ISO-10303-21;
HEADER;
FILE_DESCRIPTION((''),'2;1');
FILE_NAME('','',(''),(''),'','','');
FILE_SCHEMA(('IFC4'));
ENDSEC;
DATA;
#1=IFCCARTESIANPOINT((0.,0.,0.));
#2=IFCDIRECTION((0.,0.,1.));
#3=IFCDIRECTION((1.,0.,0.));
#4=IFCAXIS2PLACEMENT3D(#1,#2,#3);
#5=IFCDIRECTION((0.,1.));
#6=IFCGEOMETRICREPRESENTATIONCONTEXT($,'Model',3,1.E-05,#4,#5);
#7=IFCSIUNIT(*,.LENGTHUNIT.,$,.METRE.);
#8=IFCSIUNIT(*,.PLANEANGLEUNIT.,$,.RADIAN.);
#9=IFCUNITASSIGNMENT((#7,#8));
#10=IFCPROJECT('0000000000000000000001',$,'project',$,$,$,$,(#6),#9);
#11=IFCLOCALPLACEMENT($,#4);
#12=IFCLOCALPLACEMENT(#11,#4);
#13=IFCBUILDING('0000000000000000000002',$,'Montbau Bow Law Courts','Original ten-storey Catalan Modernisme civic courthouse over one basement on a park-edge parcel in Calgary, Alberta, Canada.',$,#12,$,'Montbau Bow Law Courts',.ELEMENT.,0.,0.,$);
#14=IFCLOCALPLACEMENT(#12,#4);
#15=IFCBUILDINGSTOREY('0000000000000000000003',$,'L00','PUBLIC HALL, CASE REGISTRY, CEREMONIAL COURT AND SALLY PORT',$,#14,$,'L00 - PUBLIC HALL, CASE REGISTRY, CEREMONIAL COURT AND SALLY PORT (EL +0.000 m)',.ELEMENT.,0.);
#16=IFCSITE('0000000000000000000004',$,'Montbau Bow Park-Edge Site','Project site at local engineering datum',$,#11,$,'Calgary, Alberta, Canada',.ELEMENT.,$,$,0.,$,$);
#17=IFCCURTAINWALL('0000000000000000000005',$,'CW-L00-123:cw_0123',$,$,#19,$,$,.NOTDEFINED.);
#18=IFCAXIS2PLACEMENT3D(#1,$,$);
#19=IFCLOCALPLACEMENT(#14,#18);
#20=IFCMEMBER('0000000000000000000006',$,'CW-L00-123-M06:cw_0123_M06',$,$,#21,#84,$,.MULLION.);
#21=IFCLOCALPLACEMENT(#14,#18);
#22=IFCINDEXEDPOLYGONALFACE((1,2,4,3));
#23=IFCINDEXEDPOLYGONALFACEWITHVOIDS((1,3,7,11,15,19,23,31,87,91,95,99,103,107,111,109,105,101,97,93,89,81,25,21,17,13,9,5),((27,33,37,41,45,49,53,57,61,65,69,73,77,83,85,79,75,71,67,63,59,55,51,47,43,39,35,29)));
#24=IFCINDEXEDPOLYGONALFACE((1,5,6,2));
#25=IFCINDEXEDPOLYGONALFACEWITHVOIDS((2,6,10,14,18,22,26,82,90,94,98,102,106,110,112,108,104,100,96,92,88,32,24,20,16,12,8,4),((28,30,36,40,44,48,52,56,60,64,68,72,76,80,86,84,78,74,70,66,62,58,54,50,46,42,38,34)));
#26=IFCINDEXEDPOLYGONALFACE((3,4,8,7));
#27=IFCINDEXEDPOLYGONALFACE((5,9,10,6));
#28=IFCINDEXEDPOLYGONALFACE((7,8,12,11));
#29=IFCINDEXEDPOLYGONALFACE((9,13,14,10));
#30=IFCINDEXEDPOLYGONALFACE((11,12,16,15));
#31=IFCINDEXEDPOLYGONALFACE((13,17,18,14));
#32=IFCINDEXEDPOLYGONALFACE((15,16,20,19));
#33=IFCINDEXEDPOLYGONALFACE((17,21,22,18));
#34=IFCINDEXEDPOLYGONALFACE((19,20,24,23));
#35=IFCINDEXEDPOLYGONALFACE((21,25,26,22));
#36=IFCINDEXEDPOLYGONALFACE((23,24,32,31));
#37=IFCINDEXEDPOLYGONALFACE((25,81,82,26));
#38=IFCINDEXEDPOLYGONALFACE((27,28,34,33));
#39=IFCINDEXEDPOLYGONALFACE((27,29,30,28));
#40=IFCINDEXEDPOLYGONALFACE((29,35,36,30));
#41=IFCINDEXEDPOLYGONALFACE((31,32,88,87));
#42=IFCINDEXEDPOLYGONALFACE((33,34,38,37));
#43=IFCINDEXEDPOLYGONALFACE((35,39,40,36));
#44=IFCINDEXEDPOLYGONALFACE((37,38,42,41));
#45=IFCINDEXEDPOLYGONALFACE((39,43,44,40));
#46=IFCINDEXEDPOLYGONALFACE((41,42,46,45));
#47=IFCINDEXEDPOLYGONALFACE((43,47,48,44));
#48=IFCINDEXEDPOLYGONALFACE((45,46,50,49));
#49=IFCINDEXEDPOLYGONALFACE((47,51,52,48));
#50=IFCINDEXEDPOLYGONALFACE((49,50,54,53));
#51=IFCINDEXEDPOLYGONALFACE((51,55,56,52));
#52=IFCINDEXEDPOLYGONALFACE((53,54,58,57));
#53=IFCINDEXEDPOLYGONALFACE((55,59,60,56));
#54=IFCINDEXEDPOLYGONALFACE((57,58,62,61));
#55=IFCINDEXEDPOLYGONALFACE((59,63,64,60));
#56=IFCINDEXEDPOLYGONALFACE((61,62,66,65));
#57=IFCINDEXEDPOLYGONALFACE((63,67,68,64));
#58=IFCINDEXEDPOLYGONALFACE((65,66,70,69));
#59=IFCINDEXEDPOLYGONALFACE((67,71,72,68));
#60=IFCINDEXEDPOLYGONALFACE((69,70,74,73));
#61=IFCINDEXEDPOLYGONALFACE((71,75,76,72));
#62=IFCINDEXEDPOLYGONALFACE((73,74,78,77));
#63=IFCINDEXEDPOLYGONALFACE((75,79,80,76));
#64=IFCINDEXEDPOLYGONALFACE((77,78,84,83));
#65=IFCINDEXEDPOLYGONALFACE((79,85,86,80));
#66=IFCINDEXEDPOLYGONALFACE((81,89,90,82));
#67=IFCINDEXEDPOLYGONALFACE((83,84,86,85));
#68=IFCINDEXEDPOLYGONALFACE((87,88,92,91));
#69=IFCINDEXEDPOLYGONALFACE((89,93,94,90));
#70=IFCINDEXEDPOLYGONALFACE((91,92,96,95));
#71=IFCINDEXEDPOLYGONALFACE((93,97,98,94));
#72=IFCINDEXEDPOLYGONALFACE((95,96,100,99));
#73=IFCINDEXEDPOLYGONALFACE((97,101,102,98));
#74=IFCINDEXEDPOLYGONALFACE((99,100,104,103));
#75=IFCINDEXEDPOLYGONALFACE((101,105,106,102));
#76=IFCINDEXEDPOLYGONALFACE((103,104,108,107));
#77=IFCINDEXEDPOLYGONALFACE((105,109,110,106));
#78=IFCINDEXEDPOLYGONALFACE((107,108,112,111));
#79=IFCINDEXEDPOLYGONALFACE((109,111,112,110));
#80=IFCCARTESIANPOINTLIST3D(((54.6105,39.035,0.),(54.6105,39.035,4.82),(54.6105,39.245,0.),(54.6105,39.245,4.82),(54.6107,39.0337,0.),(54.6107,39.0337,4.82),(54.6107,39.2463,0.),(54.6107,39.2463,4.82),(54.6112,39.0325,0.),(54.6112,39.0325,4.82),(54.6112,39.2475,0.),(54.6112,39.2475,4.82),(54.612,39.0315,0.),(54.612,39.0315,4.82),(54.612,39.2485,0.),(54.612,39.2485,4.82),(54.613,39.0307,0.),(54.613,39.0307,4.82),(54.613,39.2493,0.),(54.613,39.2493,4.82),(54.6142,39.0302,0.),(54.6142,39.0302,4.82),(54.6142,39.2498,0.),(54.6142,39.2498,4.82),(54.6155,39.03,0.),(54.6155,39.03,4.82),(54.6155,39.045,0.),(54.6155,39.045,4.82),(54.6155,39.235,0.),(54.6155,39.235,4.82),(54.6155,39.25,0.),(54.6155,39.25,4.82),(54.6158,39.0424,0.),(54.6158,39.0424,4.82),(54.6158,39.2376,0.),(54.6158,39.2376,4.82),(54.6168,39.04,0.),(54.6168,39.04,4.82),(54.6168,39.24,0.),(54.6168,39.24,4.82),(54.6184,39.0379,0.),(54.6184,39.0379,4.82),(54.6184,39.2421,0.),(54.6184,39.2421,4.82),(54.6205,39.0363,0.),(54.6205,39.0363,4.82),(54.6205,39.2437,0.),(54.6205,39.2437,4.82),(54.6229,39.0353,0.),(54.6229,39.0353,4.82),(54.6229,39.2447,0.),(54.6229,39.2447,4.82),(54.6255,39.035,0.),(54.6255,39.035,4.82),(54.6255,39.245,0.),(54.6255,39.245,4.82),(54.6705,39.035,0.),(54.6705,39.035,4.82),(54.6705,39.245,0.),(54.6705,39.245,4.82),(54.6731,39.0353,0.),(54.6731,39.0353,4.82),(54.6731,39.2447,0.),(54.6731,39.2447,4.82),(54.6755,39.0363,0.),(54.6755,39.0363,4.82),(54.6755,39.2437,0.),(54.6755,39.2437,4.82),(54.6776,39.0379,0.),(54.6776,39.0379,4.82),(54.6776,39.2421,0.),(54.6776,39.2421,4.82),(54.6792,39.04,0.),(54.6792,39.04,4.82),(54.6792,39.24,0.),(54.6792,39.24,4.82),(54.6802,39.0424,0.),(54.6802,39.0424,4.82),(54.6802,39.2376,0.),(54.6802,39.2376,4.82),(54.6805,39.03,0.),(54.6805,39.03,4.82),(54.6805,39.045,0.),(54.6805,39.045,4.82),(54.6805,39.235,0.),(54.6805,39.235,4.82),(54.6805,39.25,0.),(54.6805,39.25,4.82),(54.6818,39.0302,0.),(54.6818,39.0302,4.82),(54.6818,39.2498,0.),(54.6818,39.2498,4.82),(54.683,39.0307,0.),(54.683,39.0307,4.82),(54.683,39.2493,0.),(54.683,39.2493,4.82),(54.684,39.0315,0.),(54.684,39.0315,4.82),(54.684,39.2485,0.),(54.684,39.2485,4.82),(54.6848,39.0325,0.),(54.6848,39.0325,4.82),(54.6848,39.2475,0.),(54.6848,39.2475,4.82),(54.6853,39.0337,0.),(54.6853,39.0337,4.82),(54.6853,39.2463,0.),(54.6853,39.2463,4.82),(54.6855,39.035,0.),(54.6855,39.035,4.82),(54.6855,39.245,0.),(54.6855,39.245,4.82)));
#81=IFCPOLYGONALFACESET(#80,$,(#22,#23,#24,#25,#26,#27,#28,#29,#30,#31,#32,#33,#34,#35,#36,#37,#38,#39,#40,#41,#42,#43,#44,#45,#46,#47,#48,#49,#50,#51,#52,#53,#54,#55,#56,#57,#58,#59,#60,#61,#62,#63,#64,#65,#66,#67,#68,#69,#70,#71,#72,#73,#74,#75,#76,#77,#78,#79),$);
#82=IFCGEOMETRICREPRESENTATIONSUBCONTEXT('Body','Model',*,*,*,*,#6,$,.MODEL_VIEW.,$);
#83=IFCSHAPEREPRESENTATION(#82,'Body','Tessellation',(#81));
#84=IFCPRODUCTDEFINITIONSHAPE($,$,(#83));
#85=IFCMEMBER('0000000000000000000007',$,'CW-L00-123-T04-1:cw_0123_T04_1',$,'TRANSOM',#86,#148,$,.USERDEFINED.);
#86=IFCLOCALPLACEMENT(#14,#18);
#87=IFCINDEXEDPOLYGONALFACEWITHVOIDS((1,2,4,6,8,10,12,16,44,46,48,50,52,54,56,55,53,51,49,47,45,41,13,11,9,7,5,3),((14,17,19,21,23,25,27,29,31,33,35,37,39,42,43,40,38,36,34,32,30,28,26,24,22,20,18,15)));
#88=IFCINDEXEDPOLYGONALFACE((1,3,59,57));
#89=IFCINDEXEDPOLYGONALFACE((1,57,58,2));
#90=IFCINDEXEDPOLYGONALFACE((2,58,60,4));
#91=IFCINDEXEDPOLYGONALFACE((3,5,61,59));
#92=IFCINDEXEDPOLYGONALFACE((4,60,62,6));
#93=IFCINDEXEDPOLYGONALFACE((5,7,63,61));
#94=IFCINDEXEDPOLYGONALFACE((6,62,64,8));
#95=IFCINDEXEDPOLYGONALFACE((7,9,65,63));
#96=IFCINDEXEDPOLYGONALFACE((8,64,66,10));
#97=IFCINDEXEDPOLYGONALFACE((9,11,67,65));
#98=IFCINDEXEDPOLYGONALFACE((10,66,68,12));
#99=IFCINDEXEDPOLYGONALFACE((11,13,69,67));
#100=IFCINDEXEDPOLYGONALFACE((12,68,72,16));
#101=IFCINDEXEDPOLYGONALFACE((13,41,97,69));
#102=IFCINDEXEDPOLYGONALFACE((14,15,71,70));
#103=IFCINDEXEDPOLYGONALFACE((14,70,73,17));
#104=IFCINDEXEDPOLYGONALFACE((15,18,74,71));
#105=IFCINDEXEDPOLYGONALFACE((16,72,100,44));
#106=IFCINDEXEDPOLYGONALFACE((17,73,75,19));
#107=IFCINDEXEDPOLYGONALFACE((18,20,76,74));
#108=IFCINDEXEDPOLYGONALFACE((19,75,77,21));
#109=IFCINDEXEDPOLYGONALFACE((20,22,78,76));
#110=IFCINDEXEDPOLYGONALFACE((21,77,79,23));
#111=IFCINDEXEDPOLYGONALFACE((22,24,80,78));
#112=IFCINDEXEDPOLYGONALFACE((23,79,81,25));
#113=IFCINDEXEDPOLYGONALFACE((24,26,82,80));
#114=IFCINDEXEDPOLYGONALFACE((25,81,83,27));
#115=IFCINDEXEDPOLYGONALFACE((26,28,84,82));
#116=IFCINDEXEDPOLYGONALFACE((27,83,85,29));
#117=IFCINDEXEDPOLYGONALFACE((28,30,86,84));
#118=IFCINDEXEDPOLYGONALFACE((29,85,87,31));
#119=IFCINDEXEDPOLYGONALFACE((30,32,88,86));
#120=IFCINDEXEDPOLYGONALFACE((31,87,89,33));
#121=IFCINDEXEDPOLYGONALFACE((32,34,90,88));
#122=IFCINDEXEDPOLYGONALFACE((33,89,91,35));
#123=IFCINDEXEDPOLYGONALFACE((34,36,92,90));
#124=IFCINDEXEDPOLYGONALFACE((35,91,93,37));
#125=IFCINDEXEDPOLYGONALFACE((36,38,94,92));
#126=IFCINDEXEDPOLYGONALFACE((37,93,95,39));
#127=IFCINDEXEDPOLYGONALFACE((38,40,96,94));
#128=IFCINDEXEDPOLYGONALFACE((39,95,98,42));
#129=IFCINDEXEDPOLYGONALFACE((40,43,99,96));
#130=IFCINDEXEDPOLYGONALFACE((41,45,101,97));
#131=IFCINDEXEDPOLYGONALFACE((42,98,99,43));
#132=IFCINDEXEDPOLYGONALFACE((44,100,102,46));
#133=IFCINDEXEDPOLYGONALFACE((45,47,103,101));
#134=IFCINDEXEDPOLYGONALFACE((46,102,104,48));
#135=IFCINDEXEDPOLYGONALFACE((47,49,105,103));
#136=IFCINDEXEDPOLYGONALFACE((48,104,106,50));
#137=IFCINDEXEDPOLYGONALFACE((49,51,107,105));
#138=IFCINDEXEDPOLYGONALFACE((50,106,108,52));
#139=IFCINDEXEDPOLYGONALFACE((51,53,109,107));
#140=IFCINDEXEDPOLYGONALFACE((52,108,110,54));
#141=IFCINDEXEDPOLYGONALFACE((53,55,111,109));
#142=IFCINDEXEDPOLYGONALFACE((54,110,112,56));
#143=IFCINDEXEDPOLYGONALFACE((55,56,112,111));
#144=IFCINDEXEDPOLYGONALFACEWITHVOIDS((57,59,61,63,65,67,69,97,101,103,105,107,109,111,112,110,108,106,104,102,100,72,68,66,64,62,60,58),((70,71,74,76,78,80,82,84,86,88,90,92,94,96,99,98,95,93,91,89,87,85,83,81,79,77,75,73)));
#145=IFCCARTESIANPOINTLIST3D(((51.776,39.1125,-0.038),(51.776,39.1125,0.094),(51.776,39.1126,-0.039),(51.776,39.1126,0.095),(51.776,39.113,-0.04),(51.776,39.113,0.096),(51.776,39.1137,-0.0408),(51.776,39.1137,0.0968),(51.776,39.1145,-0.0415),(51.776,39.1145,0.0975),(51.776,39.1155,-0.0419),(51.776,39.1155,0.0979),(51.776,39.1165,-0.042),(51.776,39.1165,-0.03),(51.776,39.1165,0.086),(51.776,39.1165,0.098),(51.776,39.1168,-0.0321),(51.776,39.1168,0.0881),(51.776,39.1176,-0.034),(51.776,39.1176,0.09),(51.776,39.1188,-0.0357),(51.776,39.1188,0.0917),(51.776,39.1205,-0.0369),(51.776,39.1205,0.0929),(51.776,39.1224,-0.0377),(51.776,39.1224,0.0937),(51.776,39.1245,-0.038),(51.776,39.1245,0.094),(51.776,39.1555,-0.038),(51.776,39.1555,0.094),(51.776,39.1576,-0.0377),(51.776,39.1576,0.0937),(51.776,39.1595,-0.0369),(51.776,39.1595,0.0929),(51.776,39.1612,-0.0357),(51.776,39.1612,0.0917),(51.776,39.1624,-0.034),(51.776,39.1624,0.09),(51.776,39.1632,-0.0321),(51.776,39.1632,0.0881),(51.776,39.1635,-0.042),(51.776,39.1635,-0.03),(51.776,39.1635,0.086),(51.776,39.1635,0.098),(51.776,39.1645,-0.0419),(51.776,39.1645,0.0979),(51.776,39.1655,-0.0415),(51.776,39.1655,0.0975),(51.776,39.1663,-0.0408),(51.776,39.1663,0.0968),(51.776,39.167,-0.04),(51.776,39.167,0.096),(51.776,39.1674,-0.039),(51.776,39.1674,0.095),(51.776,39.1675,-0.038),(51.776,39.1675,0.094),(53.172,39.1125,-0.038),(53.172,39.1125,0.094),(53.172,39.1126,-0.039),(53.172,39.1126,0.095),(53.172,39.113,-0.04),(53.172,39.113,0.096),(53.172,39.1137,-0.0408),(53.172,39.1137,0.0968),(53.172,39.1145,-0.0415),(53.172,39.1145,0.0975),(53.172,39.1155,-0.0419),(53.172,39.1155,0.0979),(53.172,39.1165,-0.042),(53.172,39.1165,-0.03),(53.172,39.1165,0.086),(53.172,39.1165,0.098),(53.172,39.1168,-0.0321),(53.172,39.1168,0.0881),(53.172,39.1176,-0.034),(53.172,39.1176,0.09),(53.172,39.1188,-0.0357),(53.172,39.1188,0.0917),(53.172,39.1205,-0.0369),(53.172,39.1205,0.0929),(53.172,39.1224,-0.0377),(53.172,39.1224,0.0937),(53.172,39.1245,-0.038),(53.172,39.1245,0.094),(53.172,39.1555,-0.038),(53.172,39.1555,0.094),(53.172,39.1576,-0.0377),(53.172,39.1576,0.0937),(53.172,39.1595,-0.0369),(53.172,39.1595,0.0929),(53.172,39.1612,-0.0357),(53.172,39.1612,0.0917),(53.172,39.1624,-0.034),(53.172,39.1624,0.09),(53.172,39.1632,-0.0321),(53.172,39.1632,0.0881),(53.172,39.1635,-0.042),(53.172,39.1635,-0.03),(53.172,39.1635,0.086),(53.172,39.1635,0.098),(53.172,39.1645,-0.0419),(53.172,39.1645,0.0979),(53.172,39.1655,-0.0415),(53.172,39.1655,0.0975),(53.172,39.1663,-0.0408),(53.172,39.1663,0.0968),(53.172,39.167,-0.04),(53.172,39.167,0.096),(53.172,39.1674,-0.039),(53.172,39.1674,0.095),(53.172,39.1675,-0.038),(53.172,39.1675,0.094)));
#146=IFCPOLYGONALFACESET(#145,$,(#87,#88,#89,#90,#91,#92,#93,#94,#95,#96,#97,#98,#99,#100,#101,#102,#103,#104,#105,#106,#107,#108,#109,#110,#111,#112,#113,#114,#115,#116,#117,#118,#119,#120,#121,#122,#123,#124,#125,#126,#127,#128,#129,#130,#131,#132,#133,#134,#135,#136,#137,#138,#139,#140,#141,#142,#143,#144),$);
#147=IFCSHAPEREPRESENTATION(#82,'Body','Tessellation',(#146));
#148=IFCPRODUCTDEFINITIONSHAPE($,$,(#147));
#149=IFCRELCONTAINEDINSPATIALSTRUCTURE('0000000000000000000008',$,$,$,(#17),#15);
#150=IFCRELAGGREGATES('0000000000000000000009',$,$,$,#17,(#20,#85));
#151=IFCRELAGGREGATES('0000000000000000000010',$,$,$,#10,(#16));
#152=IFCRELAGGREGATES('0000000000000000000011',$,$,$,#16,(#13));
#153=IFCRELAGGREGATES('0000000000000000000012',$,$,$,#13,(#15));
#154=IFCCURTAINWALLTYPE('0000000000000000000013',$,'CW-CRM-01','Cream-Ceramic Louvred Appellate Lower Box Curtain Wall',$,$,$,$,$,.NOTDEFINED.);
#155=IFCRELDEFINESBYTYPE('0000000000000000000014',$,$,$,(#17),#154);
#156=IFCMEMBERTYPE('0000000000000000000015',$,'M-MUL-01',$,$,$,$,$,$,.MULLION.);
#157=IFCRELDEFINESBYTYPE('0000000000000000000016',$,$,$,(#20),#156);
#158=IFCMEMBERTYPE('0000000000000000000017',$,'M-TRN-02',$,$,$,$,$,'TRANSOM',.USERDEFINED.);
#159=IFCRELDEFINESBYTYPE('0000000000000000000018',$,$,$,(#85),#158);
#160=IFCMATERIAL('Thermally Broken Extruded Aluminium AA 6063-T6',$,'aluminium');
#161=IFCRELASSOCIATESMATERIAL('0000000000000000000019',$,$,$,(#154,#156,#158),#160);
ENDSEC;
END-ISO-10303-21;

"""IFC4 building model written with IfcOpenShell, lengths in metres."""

from ifc_helpers import new_model, si_unit, direction, frame, origin_with_axes, origin_2d_with_axis, place, context, subcontext, project, spatial, hollow_rectangle, extrude, material, material_profile, profile_set, type_object, element, aggregate, save


model = new_model("IFC4")

# Units and contexts
model_context = context("Model", 3, precision=1e-05, world=origin_with_axes(), true_north=direction((0.0, 1.0)))
body_context = subcontext(model_context, "Body", "Model", "MODEL_VIEW")
ifc_project = project(units=[si_unit("LENGTHUNIT", "METRE"), si_unit("PLANEANGLEUNIT", "RADIAN")], contexts=[model_context])

# Site, building, storey
site_placement = place(None, origin_with_axes())
site = spatial("IfcSite", under=ifc_project, at=site_placement, Name="Montbau Bow Park-Edge Site", Description="Project site at local engineering datum", LongName="Calgary, Alberta, Canada", CompositionType="ELEMENT", RefElevation=0.0)
building_placement = place(site_placement, origin_with_axes())
building = spatial("IfcBuilding", under=site, at=building_placement, Name="Montbau Bow Law Courts", Description="Original ten-storey Catalan Modernisme civic courthouse over one basement on a park-edge parcel in Calgary, Alberta, Canada.", LongName="Montbau Bow Law Courts", CompositionType="ELEMENT", ElevationOfRefHeight=0.0, ElevationOfTerrain=0.0)
storey_placement = place(building_placement, origin_with_axes())
storey = spatial("IfcBuildingStorey", under=building, at=storey_placement, Name="L00", Description="PUBLIC HALL, CASE REGISTRY, CEREMONIAL COURT AND SALLY PORT", LongName="L00 - PUBLIC HALL, CASE REGISTRY, CEREMONIAL COURT AND SALLY PORT (EL +0.000 m)", CompositionType="ELEMENT", Elevation=0.0)

# Curtain wall, members
ifc_material_1 = material(Name="Thermally Broken Extruded Aluminium AA 6063-T6", Category="aluminium")
curtain_wall_type = type_object("IfcCurtainWallType", Name="CW-CRM-01", Description="Cream-Ceramic Louvred Appellate Lower Box Curtain Wall", PredefinedType="NOTDEFINED", material=ifc_material_1)
curtain_wall_placement = place(None, frame((47.315, 39.14, 0.0), z_axis=(0.0, 0.0, 1.0), x_axis=(1.0, 0.0, 0.0)))
curtain_wall = element("IfcCurtainWall", 1, at=curtain_wall_placement, inside=storey, type_object=curtain_wall_type, Name="CW-L00-123:cw_0123", PredefinedType="NOTDEFINED")
ifc_material_profile_1 = material_profile(ifc_material_1, hollow_rectangle(XDim=0.075, YDim=0.22, WallThickness=0.005, InnerFilletRadius=0.01, OuterFilletRadius=0.005, at=origin_2d_with_axis()), Name="CWM-220X75", Category="Main", Priority=0)
ifc_profile_set_1 = profile_set([ifc_material_profile_1], Name="Thermally Broken Extruded Aluminium AA 6063-T6")
member_type_1 = type_object("IfcMemberType", Name="M-MUL-01", PredefinedType="MULLION", material=ifc_profile_set_1)
member_1_placement = place(None, frame((54.648, 39.14, 0.0), z_axis=(0.0, 0.0, 1.0), x_axis=(1.0, 0.0, 0.0)))
member_1 = element("IfcMember", 2, at=member_1_placement, type_object=member_type_1, Name="CW-L00-123-M06:cw_0123_M06", PredefinedType="MULLION", context=body_context, shape_type="SweptSolid", body=[
    extrude(hollow_rectangle(XDim=0.075, YDim=0.22, WallThickness=0.005, InnerFilletRadius=0.01, OuterFilletRadius=0.005, at=origin_2d_with_axis()), origin_with_axes(), (0.0, 0.0, 1.0), 4.82),
])
ifc_material_profile_2 = material_profile(ifc_material_1, hollow_rectangle(XDim=0.055, YDim=0.14, WallThickness=0.004, InnerFilletRadius=0.008, OuterFilletRadius=0.004, at=origin_2d_with_axis()), Name="CWT-140X55", Category="Main", Priority=0)
ifc_profile_set_2 = profile_set([ifc_material_profile_2], Name="Thermally Broken Extruded Aluminium AA 6063-T6")
member_type_2 = type_object("IfcMemberType", Name="M-TRN-02", ElementType="TRANSOM", PredefinedType="USERDEFINED", material=ifc_profile_set_2)
member_2_placement = place(None, frame((51.776, 39.14, 0.028), z_axis=(1.0, 0.0, 0.0), x_axis=(0.0, 1.0, 0.0)))
member_2 = element("IfcMember", 3, at=member_2_placement, type_object=member_type_2, Name="CW-L00-123-T04-1:cw_0123_T04_1", ObjectType="TRANSOM", PredefinedType="USERDEFINED", context=body_context, shape_type="SweptSolid", body=[
    extrude(hollow_rectangle(XDim=0.055, YDim=0.14, WallThickness=0.004, InnerFilletRadius=0.008, OuterFilletRadius=0.004, at=origin_2d_with_axis()), origin_with_axes(), (0.0, 0.0, 1.0), 1.396),
])
aggregate(curtain_wall, [member_1, member_2])

save(model, "model.ifc")
